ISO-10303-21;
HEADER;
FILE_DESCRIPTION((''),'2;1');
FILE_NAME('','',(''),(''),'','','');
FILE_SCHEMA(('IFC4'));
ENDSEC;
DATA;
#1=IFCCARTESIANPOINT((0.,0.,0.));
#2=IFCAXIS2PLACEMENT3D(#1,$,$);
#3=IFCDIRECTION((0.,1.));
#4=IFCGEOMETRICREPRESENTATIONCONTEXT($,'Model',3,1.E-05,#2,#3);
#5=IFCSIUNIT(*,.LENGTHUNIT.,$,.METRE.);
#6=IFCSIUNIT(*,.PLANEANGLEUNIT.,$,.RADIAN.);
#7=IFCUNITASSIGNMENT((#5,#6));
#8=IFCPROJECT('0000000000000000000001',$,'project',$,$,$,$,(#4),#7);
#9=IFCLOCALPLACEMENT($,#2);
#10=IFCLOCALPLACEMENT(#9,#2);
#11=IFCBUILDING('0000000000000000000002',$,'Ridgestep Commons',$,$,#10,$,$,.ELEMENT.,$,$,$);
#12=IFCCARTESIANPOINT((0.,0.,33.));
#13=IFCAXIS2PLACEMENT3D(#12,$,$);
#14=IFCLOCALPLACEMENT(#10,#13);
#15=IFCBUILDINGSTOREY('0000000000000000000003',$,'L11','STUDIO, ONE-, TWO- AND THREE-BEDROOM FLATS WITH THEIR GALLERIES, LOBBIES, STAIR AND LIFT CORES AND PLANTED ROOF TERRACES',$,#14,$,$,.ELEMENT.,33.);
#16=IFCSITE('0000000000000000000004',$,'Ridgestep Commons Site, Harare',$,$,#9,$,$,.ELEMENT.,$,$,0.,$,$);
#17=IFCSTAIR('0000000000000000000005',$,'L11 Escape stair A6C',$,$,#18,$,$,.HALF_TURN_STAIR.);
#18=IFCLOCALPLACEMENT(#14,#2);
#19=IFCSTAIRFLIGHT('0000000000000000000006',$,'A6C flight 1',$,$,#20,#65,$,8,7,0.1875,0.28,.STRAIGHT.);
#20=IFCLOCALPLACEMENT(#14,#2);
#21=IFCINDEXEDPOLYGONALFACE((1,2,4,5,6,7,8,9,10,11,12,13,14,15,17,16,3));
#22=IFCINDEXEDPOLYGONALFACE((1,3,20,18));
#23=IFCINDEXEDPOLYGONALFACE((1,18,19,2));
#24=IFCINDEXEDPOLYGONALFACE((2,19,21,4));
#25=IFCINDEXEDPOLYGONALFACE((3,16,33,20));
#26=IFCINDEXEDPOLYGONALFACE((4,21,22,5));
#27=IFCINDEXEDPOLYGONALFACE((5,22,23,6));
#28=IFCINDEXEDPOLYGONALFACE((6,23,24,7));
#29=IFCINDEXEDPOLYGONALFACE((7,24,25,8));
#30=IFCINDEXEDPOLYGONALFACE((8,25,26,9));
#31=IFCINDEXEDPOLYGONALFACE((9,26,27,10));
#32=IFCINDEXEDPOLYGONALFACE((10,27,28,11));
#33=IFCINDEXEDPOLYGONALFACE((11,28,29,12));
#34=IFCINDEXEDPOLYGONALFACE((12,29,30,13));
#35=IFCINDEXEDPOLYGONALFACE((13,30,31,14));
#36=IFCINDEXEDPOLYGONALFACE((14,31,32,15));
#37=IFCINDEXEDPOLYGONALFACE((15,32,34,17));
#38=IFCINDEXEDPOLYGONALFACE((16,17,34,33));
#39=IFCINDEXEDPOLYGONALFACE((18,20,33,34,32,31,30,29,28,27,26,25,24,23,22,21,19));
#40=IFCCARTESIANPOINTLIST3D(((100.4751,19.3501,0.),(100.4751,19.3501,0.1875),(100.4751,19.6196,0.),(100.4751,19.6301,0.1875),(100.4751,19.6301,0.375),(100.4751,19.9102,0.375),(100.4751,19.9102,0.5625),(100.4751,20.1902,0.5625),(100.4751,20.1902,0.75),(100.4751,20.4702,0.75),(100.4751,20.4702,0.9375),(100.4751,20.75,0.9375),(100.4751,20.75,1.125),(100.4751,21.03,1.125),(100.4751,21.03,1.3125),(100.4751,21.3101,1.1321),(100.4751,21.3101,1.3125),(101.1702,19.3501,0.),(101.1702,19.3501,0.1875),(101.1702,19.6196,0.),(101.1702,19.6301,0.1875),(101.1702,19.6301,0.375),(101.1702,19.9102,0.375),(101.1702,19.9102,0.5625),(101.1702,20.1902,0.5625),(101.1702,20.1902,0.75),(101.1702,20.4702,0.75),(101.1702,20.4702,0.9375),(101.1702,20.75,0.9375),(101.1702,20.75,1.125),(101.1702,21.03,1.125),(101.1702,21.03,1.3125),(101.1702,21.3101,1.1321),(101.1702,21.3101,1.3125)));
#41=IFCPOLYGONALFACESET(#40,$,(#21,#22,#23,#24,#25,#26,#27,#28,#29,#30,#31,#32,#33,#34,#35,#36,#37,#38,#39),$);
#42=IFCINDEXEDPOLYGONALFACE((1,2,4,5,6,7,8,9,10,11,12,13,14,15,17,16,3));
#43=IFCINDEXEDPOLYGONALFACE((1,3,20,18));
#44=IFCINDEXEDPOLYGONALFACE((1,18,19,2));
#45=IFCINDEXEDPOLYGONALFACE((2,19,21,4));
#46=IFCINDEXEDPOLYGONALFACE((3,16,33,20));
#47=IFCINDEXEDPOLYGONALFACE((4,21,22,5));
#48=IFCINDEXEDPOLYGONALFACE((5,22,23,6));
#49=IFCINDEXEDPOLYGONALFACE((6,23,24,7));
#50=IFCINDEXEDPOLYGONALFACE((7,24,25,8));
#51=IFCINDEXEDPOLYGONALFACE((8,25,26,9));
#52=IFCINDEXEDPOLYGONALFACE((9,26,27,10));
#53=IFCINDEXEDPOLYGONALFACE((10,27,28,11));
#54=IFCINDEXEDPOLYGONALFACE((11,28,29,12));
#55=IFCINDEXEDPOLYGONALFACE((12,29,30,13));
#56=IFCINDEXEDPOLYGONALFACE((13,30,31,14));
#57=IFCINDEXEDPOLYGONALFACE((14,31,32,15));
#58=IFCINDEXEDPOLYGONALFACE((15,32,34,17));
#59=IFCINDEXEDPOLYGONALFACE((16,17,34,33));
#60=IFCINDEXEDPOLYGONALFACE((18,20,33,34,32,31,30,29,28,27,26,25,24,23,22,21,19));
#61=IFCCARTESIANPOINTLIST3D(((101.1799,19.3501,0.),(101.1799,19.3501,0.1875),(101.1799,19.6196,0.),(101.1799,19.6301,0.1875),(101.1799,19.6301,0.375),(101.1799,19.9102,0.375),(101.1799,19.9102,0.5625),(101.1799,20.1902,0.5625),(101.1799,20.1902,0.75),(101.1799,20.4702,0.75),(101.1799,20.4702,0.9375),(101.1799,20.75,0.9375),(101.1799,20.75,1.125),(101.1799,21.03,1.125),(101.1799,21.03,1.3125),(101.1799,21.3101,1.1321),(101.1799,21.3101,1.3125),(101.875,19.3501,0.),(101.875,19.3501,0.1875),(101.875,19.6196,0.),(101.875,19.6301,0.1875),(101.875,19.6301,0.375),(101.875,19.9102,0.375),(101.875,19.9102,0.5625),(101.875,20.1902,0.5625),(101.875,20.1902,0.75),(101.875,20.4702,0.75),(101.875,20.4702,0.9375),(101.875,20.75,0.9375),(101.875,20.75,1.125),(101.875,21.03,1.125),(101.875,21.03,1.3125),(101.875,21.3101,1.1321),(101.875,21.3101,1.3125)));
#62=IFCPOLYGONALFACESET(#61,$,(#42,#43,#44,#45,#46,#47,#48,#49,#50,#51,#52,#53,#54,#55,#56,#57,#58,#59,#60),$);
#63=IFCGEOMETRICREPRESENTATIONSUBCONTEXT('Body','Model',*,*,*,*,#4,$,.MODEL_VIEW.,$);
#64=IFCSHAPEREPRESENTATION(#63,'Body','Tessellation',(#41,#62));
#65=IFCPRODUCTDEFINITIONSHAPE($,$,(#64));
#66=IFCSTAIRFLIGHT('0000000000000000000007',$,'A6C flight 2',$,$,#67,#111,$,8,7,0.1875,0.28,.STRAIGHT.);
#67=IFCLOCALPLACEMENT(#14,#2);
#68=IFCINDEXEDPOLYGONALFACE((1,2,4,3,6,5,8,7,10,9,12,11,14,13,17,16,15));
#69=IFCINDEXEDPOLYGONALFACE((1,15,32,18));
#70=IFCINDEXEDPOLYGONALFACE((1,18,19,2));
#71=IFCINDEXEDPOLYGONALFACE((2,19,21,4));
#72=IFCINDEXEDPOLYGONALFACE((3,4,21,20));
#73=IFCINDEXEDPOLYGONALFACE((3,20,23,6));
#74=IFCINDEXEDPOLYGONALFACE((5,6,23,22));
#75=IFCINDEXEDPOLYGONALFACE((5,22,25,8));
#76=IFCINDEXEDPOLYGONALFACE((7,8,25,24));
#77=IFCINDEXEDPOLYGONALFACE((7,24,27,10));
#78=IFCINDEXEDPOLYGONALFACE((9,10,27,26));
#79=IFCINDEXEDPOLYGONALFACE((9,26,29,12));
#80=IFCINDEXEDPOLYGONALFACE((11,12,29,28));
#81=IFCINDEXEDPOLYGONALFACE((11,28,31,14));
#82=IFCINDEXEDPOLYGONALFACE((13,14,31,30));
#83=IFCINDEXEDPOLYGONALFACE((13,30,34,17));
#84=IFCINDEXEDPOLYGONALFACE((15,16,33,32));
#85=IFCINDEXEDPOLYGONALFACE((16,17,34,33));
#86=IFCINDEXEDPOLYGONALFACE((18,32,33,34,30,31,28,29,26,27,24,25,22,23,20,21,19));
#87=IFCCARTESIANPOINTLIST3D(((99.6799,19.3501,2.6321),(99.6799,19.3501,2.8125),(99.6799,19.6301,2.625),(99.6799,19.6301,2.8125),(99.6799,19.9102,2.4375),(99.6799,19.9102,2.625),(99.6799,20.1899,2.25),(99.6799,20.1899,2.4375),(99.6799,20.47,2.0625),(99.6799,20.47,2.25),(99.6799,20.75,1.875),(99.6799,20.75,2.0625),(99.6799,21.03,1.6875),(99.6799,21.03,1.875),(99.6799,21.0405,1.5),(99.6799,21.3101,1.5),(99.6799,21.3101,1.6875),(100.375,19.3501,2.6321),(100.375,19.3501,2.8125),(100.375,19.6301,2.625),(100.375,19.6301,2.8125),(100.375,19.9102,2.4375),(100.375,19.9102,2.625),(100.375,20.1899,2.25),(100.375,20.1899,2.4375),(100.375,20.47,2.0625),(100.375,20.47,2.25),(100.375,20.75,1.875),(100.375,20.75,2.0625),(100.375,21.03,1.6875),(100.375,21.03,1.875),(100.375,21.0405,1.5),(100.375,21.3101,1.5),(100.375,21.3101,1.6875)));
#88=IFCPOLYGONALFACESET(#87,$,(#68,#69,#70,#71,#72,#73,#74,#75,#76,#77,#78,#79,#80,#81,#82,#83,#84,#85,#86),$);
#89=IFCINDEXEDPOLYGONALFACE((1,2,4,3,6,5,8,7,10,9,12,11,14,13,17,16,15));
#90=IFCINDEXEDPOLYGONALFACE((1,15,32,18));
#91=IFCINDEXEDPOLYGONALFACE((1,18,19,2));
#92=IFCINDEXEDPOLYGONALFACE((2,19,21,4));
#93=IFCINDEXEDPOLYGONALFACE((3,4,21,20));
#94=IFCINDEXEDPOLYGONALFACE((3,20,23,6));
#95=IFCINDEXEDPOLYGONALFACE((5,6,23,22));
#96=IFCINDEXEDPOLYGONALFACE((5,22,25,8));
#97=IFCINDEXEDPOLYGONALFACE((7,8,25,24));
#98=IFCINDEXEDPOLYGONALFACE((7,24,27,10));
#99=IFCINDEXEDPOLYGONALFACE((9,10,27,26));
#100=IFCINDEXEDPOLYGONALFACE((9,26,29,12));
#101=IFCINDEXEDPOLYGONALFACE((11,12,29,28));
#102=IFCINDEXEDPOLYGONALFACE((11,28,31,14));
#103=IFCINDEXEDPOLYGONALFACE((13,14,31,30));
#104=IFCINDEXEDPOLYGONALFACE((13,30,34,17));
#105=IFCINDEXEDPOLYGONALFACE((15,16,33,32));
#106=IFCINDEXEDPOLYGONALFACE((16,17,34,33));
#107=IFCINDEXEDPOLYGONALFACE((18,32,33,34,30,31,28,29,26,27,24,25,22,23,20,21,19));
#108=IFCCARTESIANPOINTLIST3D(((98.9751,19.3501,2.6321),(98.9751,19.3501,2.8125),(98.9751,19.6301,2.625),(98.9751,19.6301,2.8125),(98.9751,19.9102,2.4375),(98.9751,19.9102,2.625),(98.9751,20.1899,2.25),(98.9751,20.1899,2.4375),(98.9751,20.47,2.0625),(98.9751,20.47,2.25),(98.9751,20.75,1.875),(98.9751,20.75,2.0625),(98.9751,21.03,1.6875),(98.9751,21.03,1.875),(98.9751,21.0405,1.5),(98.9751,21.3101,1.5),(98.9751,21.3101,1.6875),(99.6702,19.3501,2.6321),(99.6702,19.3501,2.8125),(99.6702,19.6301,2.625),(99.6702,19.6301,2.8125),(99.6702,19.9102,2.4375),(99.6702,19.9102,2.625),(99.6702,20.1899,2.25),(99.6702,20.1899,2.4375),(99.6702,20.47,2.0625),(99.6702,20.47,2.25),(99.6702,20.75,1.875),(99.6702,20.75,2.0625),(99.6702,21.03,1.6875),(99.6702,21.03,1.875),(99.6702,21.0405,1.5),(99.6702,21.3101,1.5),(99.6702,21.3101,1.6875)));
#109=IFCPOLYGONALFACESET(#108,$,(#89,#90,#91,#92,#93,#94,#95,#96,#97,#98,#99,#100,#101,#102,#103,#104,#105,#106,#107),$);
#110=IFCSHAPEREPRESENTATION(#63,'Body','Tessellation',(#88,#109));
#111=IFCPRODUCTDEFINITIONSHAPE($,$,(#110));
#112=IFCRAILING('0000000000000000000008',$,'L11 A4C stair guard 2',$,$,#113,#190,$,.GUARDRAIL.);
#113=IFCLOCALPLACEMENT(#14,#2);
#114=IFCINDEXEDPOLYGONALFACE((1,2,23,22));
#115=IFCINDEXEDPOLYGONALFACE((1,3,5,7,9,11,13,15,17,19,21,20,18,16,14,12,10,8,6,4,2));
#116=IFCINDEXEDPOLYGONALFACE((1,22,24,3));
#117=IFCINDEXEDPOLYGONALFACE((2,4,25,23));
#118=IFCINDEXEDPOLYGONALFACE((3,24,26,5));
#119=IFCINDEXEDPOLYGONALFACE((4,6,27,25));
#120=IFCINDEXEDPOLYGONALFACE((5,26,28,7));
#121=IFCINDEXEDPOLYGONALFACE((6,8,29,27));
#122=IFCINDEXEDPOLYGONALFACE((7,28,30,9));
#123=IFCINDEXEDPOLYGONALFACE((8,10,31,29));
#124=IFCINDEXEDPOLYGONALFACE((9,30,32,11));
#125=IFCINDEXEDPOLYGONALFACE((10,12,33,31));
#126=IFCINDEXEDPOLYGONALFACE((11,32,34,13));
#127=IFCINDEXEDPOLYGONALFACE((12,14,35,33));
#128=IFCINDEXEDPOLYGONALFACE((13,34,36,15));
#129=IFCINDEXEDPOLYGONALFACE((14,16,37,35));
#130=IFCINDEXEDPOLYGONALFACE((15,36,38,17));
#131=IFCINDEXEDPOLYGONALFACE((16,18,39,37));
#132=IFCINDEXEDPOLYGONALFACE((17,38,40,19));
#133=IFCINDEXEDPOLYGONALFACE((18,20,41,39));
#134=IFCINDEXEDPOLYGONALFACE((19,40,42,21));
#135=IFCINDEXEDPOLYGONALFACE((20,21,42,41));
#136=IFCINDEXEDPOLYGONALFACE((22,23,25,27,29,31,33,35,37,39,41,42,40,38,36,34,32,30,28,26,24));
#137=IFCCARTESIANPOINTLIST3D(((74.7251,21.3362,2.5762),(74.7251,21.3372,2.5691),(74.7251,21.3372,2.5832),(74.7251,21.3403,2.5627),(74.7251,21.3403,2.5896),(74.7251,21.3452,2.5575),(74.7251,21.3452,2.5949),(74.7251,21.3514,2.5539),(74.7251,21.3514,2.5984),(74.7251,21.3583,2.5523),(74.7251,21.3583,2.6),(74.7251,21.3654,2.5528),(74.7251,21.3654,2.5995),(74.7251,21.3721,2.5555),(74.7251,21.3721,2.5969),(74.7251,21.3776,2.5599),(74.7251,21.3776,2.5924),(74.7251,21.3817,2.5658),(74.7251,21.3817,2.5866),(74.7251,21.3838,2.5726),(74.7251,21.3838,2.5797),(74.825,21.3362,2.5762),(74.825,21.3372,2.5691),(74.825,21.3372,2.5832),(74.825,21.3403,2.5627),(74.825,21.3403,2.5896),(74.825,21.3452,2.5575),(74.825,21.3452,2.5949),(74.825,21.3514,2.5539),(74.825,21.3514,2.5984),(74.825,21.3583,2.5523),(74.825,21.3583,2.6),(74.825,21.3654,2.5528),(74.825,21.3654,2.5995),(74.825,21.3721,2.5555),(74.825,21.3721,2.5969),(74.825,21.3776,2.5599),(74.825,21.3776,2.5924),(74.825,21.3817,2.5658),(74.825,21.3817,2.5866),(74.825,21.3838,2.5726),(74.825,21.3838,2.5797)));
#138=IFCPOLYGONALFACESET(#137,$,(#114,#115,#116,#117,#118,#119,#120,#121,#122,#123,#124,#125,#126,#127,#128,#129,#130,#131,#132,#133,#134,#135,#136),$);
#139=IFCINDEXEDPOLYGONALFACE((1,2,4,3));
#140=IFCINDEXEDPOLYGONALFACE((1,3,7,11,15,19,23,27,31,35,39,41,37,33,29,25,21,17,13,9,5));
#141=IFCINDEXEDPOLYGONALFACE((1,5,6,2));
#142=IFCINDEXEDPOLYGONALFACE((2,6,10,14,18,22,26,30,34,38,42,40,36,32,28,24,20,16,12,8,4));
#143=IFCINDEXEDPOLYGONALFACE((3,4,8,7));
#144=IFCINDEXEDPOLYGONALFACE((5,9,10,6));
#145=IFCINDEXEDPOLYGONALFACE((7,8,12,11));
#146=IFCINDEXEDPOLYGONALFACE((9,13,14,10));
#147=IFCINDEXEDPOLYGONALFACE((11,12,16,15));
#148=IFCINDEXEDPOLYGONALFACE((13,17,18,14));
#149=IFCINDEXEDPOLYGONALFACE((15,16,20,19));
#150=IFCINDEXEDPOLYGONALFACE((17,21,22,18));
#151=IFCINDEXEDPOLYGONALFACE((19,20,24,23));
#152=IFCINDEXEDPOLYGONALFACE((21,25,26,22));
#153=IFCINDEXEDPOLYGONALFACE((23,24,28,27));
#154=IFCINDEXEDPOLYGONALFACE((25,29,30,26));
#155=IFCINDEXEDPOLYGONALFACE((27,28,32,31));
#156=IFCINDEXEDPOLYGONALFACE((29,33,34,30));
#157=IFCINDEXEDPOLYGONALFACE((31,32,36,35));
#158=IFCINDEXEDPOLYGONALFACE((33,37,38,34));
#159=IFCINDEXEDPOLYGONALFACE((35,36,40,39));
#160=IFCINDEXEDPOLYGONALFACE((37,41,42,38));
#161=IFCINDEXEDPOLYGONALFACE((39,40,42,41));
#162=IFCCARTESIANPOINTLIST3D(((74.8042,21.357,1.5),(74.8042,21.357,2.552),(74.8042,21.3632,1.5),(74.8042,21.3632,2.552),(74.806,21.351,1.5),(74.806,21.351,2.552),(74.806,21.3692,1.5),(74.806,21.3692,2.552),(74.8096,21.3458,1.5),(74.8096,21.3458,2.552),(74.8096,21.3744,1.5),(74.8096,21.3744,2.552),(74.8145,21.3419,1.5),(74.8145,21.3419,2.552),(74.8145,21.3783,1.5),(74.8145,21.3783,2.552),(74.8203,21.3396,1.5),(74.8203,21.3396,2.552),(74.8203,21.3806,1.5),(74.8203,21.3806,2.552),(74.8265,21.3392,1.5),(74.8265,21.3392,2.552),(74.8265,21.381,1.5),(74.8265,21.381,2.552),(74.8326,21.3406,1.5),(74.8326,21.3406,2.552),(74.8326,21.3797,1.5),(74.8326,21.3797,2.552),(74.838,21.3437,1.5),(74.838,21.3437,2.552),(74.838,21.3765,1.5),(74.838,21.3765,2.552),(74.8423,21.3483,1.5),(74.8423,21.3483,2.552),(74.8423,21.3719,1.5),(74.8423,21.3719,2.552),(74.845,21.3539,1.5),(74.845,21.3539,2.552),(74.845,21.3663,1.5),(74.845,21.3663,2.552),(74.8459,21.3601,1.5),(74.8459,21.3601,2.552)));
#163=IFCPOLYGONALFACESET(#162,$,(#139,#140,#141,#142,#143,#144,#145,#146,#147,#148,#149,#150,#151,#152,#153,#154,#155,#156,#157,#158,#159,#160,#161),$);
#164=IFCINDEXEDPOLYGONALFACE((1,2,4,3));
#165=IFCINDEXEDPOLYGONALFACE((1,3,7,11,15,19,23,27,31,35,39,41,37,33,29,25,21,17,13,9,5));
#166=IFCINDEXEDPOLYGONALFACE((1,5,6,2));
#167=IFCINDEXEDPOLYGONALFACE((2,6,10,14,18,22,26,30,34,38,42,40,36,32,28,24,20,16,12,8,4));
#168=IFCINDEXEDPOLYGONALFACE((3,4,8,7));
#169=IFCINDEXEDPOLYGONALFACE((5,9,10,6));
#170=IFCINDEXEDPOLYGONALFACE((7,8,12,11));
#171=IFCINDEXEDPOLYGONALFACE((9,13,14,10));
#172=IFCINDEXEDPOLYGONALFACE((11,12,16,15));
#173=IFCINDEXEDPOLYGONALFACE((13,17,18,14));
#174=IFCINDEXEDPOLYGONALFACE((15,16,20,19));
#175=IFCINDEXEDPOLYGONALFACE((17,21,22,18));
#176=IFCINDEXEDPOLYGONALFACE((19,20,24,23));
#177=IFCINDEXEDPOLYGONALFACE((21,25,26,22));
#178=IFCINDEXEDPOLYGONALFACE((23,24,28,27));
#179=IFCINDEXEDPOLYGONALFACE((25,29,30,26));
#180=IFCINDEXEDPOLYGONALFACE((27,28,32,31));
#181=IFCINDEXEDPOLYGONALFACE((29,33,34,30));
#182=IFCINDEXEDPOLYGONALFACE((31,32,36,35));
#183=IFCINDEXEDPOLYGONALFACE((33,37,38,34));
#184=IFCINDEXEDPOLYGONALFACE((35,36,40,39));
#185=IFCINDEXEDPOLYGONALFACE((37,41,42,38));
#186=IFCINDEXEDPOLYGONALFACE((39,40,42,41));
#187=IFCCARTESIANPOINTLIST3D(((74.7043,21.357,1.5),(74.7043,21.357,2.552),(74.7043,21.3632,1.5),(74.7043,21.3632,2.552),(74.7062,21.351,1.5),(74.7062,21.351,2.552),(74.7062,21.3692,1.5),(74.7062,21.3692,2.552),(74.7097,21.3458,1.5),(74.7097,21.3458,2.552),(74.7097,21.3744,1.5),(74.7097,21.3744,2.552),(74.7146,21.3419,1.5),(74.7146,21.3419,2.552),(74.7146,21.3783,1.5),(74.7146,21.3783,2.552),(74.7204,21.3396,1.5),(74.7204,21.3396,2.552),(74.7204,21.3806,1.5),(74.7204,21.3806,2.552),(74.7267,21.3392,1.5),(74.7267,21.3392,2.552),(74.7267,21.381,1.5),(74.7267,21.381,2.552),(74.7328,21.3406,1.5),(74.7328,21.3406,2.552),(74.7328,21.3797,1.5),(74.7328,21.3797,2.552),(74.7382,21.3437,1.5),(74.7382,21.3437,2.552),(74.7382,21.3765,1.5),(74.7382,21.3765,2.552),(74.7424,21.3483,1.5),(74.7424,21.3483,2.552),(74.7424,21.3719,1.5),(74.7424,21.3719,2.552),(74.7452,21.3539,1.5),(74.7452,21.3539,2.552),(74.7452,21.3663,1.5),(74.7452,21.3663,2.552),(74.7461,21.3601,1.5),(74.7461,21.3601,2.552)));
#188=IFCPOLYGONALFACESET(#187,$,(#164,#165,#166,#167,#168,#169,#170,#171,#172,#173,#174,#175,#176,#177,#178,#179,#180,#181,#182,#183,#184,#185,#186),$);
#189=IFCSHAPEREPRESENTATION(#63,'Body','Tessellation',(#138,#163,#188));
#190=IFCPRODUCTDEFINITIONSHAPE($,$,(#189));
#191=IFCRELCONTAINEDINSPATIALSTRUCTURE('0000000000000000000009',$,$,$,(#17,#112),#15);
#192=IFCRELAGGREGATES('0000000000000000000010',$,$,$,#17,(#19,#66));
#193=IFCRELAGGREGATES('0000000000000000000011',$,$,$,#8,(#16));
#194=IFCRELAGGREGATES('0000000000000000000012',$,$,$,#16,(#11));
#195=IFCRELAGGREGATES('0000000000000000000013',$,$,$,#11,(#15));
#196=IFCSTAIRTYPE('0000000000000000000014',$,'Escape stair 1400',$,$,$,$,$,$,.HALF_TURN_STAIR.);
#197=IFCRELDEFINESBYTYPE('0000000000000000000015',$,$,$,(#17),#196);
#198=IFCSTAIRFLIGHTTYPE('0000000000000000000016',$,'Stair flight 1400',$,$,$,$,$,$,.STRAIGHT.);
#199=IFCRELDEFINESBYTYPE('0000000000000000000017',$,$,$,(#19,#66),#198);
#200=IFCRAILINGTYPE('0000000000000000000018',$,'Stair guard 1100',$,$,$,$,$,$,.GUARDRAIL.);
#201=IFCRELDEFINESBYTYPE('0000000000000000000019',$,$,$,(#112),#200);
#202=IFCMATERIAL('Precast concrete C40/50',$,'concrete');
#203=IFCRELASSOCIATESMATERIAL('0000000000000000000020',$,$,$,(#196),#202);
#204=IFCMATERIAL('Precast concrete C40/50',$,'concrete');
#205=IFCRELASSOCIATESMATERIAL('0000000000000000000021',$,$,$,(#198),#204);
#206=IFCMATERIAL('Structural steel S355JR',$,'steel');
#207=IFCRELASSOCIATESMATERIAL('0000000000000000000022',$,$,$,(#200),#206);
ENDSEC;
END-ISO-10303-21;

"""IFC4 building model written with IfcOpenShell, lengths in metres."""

from ifc_helpers import new_model, si_unit, direction, frame, origin, origin_2d, place, context, subcontext, project, spatial, polyline, circle, outline, extrude, material, type_object, element, aggregate, save


model = new_model("IFC4")

# Units and contexts
model_context = context("Model", 3, precision=1e-05, world=origin(), true_north=direction((0.0, 1.0)))
body_context = subcontext(model_context, "Body", "Model", "MODEL_VIEW")
ifc_project = project(units=[si_unit("LENGTHUNIT", "METRE"), si_unit("PLANEANGLEUNIT", "RADIAN")], contexts=[model_context])

# Site, building, storey
site_placement = place(None, origin())
site = spatial("IfcSite", under=ifc_project, at=site_placement, Name="Ridgestep Commons Site, Harare", CompositionType="ELEMENT", RefElevation=0.0)
building_placement = place(site_placement, origin())
building = spatial("IfcBuilding", under=site, at=building_placement, Name="Ridgestep Commons", CompositionType="ELEMENT")
storey_placement = place(building_placement, frame((0.0, 0.0, 33.0)))
storey = spatial("IfcBuildingStorey", under=building, at=storey_placement, Name="L11", Description="STUDIO, ONE-, TWO- AND THREE-BEDROOM FLATS WITH THEIR GALLERIES, LOBBIES, STAIR AND LIFT CORES AND PLANTED ROOF TERRACES", CompositionType="ELEMENT", Elevation=33.0)

# Shared definitions
ifc_material_1 = material(Name="Precast concrete C40/50", Category="concrete")
stair_type = type_object("IfcStairType", Name="Escape stair 1400", PredefinedType="HALF_TURN_STAIR", material=ifc_material_1)
ifc_material_2 = material(Name="Precast concrete C40/50", Category="concrete")
stair_flight_type = type_object("IfcStairFlightType", Name="Stair flight 1400", PredefinedType="STRAIGHT", material=ifc_material_2)

# Stair, stair flights
stair_1_placement = place(storey_placement, origin())
stair_1 = element("IfcStair", 1, at=stair_1_placement, inside=storey, type_object=stair_type, Name="L11 Escape stair A6C", PredefinedType="HALF_TURN_STAIR")
stair_flight_1_placement = place(storey_placement, frame((101.175, 19.3501, 0.0), z_axis=(0.0, 0.0, 1.0), x_axis=(0.0, 1.0, 0.0)))
stair_flight_1 = element("IfcStairFlight", 2, at=stair_flight_1_placement, type_object=stair_flight_type, Name="A6C flight 1", NumberOfRisers=8, NumberOfTreads=7, PredefinedType="STRAIGHT", RiserHeight=0.1875, TreadLength=0.28, context=body_context, shape_type="SweptSolid", body=[
    extrude(outline(polyline([(0.0, 0.0), (0.0, 0.1875), (0.28, 0.1875), (0.28, 0.375), (0.5601, 0.375), (0.5601, 0.5625), (0.8401, 0.5625), (0.8401, 0.75), (1.1201, 0.75), (1.1201, 0.9375), (1.3999, 0.9375), (1.3999, 1.125), (1.6799, 1.125), (1.6799, 1.3125), (1.96, 1.3125), (1.96, 1.5), (1.96, 1.1321), (0.2695, 0.0), (0.0, 0.0)])), frame((0.0, 0.7, 0.0), z_axis=(0.0, -1.0, 0.0), x_axis=(1.0, 0.0, 0.0)), (0.0, 0.0, 1.0), 0.6951),
    extrude(outline(polyline([(0.0, 0.0), (0.0, 0.1875), (0.28, 0.1875), (0.28, 0.375), (0.5601, 0.375), (0.5601, 0.5625), (0.8401, 0.5625), (0.8401, 0.75), (1.1201, 0.75), (1.1201, 0.9375), (1.3999, 0.9375), (1.3999, 1.125), (1.6799, 1.125), (1.6799, 1.3125), (1.96, 1.3125), (1.96, 1.5), (1.96, 1.1321), (0.2695, 0.0), (0.0, 0.0)])), frame((0.0, -0.0049, 0.0), z_axis=(0.0, -1.0, 0.0), x_axis=(1.0, 0.0, 0.0)), (0.0, 0.0, 1.0), 0.6951),
])
stair_flight_2_placement = place(storey_placement, frame((99.675, 21.3101, 1.5), z_axis=(0.0, 0.0, 1.0), x_axis=(0.0, -1.0, 0.0)))
stair_flight_2 = element("IfcStairFlight", 3, at=stair_flight_2_placement, type_object=stair_flight_type, Name="A6C flight 2", NumberOfRisers=8, NumberOfTreads=7, PredefinedType="STRAIGHT", RiserHeight=0.1875, TreadLength=0.28, context=body_context, shape_type="SweptSolid", body=[
    extrude(outline(polyline([(0.0, 0.0), (0.0, 0.1875), (0.28, 0.1875), (0.28, 0.375), (0.5601, 0.375), (0.5601, 0.5625), (0.8401, 0.5625), (0.8401, 0.75), (1.1201, 0.75), (1.1201, 0.9375), (1.3999, 0.9375), (1.3999, 1.125), (1.6799, 1.125), (1.6799, 1.3125), (1.96, 1.3125), (1.96, 1.5), (1.96, 1.1321), (0.2695, 0.0), (0.0, 0.0)])), frame((0.0, 0.7, 0.0), z_axis=(0.0, -1.0, 0.0), x_axis=(1.0, 0.0, 0.0)), (0.0, 0.0, 1.0), 0.6951),
    extrude(outline(polyline([(0.0, 0.0), (0.0, 0.1875), (0.28, 0.1875), (0.28, 0.375), (0.5601, 0.375), (0.5601, 0.5625), (0.8401, 0.5625), (0.8401, 0.75), (1.1201, 0.75), (1.1201, 0.9375), (1.3999, 0.9375), (1.3999, 1.125), (1.6799, 1.125), (1.6799, 1.3125), (1.96, 1.3125), (1.96, 1.5), (1.96, 1.1321), (0.2695, 0.0), (0.0, 0.0)])), frame((0.0, -0.0049, 0.0), z_axis=(0.0, -1.0, 0.0), x_axis=(1.0, 0.0, 0.0)), (0.0, 0.0, 1.0), 0.6951),
])
aggregate(stair_1, [stair_flight_1, stair_flight_2])

# Railing
ifc_material_3 = material(Name="Structural steel S355JR", Category="steel")
railing_type_1 = type_object("IfcRailingType", Name="Stair guard 1100", PredefinedType="GUARDRAIL", material=ifc_material_3)
railing_1_placement = place(storey_placement, frame((74.825, 21.3601, 1.5)))
element("IfcRailing", 4, at=railing_1_placement, inside=storey, type_object=railing_type_1, Name="L11 A4C stair guard 2", PredefinedType="GUARDRAIL", context=body_context, shape_type="SweptSolid", body=[
    extrude(circle(Radius=0.0239, at=origin_2d()), frame((0.0, 0.0, 1.0762), z_axis=(-1.0, 0.0, 0.0), x_axis=(0.0, -1.0, 0.0)), (0.0, 0.0, 1.0), 0.0999),
    extrude(circle(Radius=0.021, at=origin_2d()), origin(), (0.0, 0.0, 1.0), 1.052),
    extrude(circle(Radius=0.021, at=origin_2d()), frame((-0.0999, 0.0, 0.0)), (0.0, 0.0, 1.0), 1.052),
])

save(model, "model.ifc")
